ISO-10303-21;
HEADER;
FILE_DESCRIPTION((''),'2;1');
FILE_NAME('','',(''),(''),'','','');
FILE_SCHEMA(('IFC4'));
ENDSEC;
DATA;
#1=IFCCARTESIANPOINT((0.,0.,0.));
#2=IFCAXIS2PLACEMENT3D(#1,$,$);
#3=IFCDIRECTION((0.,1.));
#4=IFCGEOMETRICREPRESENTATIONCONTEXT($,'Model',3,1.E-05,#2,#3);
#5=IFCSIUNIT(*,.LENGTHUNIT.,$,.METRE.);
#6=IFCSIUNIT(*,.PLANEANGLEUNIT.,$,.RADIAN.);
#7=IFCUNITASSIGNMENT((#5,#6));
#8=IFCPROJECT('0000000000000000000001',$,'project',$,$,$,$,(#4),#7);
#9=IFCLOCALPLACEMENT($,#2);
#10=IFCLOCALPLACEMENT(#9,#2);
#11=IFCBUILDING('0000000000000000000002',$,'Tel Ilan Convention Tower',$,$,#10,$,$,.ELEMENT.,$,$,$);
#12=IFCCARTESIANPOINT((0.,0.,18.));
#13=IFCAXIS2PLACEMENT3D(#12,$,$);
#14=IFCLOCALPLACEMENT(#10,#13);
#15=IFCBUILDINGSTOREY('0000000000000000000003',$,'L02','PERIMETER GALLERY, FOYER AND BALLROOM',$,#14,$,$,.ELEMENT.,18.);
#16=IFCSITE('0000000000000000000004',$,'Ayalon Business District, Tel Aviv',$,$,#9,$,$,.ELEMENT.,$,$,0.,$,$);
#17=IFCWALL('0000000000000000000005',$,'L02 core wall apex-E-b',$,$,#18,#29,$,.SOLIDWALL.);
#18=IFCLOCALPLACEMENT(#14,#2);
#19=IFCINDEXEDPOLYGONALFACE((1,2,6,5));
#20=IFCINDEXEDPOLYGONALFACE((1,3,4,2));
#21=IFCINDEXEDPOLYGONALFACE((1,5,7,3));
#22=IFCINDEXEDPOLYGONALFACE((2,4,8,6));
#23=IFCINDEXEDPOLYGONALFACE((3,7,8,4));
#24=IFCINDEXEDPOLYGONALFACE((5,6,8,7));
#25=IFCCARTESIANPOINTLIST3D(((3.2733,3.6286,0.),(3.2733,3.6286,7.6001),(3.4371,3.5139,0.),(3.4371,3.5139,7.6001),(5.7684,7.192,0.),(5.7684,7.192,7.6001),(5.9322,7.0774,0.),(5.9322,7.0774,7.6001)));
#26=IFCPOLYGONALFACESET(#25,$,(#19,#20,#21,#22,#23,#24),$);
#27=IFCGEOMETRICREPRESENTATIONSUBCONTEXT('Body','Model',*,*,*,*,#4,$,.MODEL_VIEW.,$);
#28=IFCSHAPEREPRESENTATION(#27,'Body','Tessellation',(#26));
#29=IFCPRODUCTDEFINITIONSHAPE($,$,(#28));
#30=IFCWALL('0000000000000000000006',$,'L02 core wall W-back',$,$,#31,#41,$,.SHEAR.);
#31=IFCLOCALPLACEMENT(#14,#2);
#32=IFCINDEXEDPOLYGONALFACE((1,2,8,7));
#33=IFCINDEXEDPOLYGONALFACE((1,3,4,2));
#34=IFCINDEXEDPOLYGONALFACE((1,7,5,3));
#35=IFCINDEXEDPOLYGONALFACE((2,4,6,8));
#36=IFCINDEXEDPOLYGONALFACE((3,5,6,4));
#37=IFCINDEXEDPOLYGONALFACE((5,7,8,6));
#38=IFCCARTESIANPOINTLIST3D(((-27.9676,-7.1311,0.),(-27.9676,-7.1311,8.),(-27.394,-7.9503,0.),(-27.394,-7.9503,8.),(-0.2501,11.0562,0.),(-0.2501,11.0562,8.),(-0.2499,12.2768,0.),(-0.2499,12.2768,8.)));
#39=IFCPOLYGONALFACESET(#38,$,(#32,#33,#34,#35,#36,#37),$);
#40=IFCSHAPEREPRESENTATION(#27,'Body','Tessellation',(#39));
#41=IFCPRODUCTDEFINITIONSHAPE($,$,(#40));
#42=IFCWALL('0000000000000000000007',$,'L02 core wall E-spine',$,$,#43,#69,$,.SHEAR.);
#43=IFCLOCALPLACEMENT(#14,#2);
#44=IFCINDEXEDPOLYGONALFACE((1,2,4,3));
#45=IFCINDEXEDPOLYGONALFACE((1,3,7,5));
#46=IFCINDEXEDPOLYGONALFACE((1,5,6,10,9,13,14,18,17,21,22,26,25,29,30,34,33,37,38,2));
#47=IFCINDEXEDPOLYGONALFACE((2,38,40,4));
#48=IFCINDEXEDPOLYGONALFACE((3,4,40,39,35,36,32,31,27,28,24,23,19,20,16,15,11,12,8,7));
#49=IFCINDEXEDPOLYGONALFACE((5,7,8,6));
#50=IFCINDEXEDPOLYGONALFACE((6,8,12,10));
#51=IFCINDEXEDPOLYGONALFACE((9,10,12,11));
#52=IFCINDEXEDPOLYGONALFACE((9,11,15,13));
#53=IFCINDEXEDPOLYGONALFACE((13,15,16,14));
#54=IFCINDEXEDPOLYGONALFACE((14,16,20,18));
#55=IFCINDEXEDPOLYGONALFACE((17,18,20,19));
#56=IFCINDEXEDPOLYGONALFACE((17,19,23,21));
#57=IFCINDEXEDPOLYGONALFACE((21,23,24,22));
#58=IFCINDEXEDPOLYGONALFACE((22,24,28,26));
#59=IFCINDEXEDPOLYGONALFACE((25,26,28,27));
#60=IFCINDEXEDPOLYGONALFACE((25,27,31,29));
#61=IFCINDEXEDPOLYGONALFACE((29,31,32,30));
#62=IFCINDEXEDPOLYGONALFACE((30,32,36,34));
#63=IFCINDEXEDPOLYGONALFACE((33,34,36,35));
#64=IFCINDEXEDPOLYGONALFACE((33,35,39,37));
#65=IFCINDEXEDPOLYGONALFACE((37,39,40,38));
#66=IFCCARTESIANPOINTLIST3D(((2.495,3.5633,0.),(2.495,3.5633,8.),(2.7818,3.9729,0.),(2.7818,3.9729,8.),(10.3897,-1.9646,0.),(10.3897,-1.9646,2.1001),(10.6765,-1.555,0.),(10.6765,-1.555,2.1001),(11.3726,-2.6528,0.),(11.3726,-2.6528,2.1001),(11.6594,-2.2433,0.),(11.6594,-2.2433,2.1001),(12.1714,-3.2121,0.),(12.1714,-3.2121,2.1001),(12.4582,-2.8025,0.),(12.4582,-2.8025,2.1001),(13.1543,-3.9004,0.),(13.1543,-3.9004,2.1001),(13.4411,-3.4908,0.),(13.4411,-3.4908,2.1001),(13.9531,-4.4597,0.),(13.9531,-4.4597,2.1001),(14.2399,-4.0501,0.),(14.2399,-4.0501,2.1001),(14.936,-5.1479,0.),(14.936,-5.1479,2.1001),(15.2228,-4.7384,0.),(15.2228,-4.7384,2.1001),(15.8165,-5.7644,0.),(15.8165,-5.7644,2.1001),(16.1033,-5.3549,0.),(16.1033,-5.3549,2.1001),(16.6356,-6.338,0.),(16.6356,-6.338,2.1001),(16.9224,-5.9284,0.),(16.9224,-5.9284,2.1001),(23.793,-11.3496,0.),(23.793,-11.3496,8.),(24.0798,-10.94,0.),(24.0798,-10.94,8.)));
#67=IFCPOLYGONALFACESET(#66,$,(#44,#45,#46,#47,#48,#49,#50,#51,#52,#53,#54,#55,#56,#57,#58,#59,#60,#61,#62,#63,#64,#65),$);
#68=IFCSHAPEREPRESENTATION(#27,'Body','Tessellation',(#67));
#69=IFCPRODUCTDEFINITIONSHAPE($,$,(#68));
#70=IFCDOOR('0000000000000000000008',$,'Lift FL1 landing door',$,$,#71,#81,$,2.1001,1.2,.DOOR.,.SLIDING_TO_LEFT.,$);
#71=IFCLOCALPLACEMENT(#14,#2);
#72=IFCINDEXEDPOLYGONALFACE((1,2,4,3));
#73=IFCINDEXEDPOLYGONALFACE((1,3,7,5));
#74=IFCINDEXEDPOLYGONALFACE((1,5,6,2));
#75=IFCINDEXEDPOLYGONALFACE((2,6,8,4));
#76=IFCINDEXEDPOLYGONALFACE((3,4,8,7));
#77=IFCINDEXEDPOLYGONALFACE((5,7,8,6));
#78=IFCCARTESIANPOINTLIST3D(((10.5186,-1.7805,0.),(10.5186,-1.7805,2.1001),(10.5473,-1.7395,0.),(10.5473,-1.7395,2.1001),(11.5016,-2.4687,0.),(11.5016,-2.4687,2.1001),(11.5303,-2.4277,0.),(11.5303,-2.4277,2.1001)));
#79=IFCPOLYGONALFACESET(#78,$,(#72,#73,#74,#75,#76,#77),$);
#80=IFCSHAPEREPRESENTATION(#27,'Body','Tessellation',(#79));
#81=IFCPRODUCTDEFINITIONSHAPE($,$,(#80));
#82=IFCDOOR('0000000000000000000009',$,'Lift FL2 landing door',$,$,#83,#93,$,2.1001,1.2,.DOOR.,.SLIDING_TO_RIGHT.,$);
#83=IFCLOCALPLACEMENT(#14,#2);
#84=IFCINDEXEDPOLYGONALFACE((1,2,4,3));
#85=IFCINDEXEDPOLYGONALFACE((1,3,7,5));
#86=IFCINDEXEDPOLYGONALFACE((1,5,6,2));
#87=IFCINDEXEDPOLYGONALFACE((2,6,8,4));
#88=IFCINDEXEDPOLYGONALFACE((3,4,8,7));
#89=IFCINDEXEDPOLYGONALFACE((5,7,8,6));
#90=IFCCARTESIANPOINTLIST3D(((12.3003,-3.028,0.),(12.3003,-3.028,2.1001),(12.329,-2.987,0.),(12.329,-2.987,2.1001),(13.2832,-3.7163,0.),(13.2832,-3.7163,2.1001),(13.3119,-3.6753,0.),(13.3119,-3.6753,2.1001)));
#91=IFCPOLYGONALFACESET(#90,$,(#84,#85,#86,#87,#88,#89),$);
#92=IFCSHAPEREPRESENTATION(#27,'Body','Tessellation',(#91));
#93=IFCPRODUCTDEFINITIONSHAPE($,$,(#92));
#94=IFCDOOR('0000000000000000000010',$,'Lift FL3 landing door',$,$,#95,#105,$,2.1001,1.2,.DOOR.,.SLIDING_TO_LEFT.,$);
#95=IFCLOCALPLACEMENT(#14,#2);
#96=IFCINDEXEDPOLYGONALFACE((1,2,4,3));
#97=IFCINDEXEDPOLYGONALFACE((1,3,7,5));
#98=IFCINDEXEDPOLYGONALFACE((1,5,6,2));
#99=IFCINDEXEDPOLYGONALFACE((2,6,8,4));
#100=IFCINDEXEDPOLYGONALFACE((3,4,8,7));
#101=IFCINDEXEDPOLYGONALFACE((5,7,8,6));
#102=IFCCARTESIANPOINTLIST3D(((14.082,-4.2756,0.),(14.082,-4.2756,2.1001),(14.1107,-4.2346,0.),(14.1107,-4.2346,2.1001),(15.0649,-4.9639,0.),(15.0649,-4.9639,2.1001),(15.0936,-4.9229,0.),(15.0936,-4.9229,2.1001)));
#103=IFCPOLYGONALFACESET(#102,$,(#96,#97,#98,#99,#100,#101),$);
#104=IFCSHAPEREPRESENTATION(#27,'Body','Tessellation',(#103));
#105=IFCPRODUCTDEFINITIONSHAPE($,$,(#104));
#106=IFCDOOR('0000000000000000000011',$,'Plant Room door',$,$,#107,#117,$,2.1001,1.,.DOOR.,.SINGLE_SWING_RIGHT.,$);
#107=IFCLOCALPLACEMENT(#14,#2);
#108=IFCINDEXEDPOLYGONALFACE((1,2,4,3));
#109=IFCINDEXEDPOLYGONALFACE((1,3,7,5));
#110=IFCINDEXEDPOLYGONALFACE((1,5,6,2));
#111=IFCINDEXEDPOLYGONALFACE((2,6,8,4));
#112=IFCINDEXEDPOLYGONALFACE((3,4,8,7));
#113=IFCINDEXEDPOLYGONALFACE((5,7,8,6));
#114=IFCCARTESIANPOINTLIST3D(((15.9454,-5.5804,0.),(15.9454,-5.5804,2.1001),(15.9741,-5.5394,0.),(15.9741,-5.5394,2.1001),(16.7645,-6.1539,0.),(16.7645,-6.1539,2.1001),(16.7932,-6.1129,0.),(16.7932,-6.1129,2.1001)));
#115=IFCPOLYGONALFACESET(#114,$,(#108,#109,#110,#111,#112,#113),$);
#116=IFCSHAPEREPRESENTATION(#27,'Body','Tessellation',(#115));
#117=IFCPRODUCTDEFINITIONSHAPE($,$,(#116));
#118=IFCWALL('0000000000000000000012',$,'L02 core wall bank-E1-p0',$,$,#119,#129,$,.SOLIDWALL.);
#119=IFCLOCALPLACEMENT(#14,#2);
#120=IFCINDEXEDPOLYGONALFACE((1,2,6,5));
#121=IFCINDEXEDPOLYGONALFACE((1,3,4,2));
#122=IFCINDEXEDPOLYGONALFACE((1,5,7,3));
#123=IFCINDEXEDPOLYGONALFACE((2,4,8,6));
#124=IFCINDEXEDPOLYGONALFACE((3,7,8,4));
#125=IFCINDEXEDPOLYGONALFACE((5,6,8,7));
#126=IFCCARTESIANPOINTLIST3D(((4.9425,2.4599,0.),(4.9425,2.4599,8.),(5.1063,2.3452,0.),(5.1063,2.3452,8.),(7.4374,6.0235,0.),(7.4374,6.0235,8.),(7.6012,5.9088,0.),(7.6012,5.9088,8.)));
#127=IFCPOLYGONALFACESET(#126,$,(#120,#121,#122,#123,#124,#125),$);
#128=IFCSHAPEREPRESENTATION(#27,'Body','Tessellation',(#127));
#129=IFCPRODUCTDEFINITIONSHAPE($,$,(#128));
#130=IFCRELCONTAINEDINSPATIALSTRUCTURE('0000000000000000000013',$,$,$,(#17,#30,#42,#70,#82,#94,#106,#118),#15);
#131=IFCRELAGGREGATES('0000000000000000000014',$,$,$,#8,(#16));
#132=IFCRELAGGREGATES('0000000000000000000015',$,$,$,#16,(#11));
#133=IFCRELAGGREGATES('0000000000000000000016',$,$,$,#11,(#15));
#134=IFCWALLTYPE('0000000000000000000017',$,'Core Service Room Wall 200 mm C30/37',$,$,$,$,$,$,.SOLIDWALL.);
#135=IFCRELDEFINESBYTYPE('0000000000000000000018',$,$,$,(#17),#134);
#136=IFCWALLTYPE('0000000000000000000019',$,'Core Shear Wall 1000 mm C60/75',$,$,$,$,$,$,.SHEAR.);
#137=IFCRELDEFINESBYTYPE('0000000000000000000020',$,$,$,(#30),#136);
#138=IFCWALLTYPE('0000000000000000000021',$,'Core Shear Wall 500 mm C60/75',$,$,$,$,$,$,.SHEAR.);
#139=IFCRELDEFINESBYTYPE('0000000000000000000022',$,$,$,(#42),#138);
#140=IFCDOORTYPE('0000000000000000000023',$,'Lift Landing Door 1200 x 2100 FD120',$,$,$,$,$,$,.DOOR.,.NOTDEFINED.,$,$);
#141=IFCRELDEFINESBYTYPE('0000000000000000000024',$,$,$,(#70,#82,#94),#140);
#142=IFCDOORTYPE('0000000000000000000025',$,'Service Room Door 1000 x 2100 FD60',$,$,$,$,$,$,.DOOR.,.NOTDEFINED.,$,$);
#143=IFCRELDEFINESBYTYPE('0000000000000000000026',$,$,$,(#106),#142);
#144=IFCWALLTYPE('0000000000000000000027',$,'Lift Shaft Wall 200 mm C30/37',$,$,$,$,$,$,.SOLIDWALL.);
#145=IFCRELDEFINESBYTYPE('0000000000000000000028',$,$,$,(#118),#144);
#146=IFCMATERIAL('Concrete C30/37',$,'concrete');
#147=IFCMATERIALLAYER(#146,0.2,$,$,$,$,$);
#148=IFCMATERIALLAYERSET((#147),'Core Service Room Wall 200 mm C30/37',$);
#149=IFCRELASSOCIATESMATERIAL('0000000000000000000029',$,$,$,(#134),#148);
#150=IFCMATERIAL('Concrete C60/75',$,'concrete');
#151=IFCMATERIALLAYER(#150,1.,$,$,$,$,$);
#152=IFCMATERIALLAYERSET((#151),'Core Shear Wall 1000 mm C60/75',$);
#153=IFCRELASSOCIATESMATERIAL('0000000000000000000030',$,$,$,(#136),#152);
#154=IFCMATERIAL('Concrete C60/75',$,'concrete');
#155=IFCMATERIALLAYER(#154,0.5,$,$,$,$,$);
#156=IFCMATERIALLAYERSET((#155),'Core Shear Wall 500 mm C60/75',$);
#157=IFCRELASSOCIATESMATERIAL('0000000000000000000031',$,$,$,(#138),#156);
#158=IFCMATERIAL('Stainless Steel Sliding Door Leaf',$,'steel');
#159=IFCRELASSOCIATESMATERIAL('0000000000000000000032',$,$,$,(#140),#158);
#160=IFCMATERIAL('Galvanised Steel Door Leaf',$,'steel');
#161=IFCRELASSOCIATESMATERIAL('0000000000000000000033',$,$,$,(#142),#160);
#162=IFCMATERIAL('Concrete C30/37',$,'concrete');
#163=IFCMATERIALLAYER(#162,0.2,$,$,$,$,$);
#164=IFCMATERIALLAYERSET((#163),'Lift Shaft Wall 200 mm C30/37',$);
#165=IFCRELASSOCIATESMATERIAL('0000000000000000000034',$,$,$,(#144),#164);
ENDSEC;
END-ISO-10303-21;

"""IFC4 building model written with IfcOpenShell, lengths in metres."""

from ifc_helpers import new_model, si_unit, direction, frame, frame_2d, origin, place, context, subcontext, project, spatial, polyline, rectangle, outline, extrude, material, layer, layer_set, type_object, element, fill, save


model = new_model("IFC4")

# Units and contexts
model_context = context("Model", 3, precision=1e-05, world=origin(), true_north=direction((0.0, 1.0)))
body_context = subcontext(model_context, "Body", "Model", "MODEL_VIEW")
ifc_project = project(units=[si_unit("LENGTHUNIT", "METRE"), si_unit("PLANEANGLEUNIT", "RADIAN")], contexts=[model_context])

# Site, building, storey
site_placement = place(None, origin())
site = spatial("IfcSite", under=ifc_project, at=site_placement, Name="Ayalon Business District, Tel Aviv", CompositionType="ELEMENT", RefElevation=0.0)
building_placement = place(site_placement, origin())
building = spatial("IfcBuilding", under=site, at=building_placement, Name="Tel Ilan Convention Tower", CompositionType="ELEMENT")
storey_placement = place(building_placement, frame((0.0, 0.0, 18.0)))
storey = spatial("IfcBuildingStorey", under=building, at=storey_placement, Name="L02", Description="PERIMETER GALLERY, FOYER AND BALLROOM", CompositionType="ELEMENT", Elevation=18.0)

# Walls
ifc_material_1 = material(Name="Concrete C30/37", Category="concrete")
ifc_layer_1 = layer(ifc_material_1, 0.2)
ifc_layer_set_1 = layer_set([ifc_layer_1], Name="Core Service Room Wall 200 mm C30/37")
wall_type_1 = type_object("IfcWallType", Name="Core Service Room Wall 200 mm C30/37", PredefinedType="SOLIDWALL", material=ifc_layer_set_1)
wall_1_placement = place(storey_placement, frame((3.3552, 3.5713, 0.0), z_axis=(0.0, 0.0, 1.0), x_axis=(0.573568, 0.819158, 0.0)))
element("IfcWall", 1, at=wall_1_placement, inside=storey, type_object=wall_type_1, Name="L02 core wall apex-E-b", PredefinedType="SOLIDWALL", context=body_context, shape_type="SweptSolid", body=[
    extrude(rectangle(XDim=4.3501, YDim=0.2, at=frame_2d((2.175, 0.0))), origin(), (0.0, 0.0, 1.0), 7.6001),
])
ifc_material_2 = material(Name="Concrete C60/75", Category="concrete")
ifc_layer_2 = layer(ifc_material_2, 1.0)
ifc_layer_set_2 = layer_set([ifc_layer_2], Name="Core Shear Wall 1000 mm C60/75")
wall_type_2 = type_object("IfcWallType", Name="Core Shear Wall 1000 mm C60/75", PredefinedType="SHEAR", material=ifc_layer_set_2)
wall_2_placement = place(storey_placement, frame((0.0369, 11.8672, 0.0), z_axis=(0.0, 0.0, 1.0), x_axis=(-0.819155, -0.573572, 0.0)))
element("IfcWall", 2, at=wall_2_placement, inside=storey, type_object=wall_type_2, Name="L02 core wall W-back", PredefinedType="SHEAR", context=body_context, shape_type="SweptSolid", body=[
    extrude(outline(polyline([(33.8369, 0.5), (0.7002, 0.4998), (0.0, -0.5), (33.8369, -0.5), (33.8369, 0.5)])), origin(), (0.0, 0.0, 1.0), 8.0),
])

# Wall, openings, doors
ifc_material_3 = material(Name="Concrete C60/75", Category="concrete")
ifc_layer_3 = layer(ifc_material_3, 0.5)
ifc_layer_set_3 = layer_set([ifc_layer_3], Name="Core Shear Wall 500 mm C60/75")
wall_type_3 = type_object("IfcWallType", Name="Core Shear Wall 500 mm C60/75", PredefinedType="SHEAR", material=ifc_layer_set_3)
wall_3_placement = place(storey_placement, frame((2.6384, 3.7681, 0.0), z_axis=(0.0, 0.0, 1.0), x_axis=(0.819149, -0.573581, 0.0)))
wall_3 = element("IfcWall", 3, at=wall_3_placement, inside=storey, type_object=wall_type_3, Name="L02 core wall E-spine", PredefinedType="SHEAR", context=body_context, shape_type="SweptSolid", body=[
    extrude(outline(polyline([(0.0, 0.25), (0.0, -0.25), (26.0, -0.2498), (26.0, 0.2502), (0.0, 0.25)])), origin(), (0.0, 0.0, 1.0), 8.0),
])
opening_1_placement = place(wall_3_placement, frame((9.6375, 0.0, 0.0)))
opening_1 = element("IfcOpeningElement", 4, at=opening_1_placement, cuts=wall_3, PredefinedType="OPENING", context=body_context, shape_type="SweptSolid", body=[
    extrude(rectangle(XDim=1.2, YDim=2.1001, at=frame_2d((0.6001, 1.05))), frame((0.0, 0.26, 0.0), z_axis=(0.0, -1.0, 0.0), x_axis=(1.0, 0.0, 0.0)), (0.0, 0.0, 1.0), 0.52),
])
opening_2_placement = place(wall_3_placement, frame((11.8125, 0.0, 0.0)))
opening_2 = element("IfcOpeningElement", 5, at=opening_2_placement, cuts=wall_3, PredefinedType="OPENING", context=body_context, shape_type="SweptSolid", body=[
    extrude(rectangle(XDim=1.2, YDim=2.1001, at=frame_2d((0.6001, 1.05))), frame((0.0, 0.26, 0.0), z_axis=(0.0, -1.0, 0.0), x_axis=(1.0, 0.0, 0.0)), (0.0, 0.0, 1.0), 0.52),
])
opening_3_placement = place(wall_3_placement, frame((13.9875, 0.0, 0.0)))
opening_3 = element("IfcOpeningElement", 6, at=opening_3_placement, cuts=wall_3, PredefinedType="OPENING", context=body_context, shape_type="SweptSolid", body=[
    extrude(rectangle(XDim=1.2, YDim=2.1001, at=frame_2d((0.6001, 1.05))), frame((0.0, 0.26, 0.0), z_axis=(0.0, -1.0, 0.0), x_axis=(1.0, 0.0, 0.0)), (0.0, 0.0, 1.0), 0.52),
])
opening_4_placement = place(wall_3_placement, frame((16.2625, 0.0, 0.0)))
opening_4 = element("IfcOpeningElement", 7, at=opening_4_placement, cuts=wall_3, PredefinedType="OPENING", context=body_context, shape_type="SweptSolid", body=[
    extrude(rectangle(XDim=1.0, YDim=2.1001, at=frame_2d((0.5, 1.05))), frame((0.0, 0.26, 0.0), z_axis=(0.0, -1.0, 0.0), x_axis=(1.0, 0.0, 0.0)), (0.0, 0.0, 1.0), 0.52),
])
ifc_material_4 = material(Name="Stainless Steel Sliding Door Leaf", Category="steel")
door_type_1 = type_object("IfcDoorType", Name="Lift Landing Door 1200 x 2100 FD120", OperationType="NOTDEFINED", PredefinedType="DOOR", material=ifc_material_4)
door_1_placement = place(opening_1_placement, origin())
door_1 = element("IfcDoor", 8, at=door_1_placement, inside=storey, type_object=door_type_1, Name="Lift FL1 landing door", OperationType="SLIDING_TO_LEFT", OverallHeight=2.1001, OverallWidth=1.2, PredefinedType="DOOR", context=body_context, shape_type="SweptSolid", body=[
    extrude(rectangle(XDim=1.2, YDim=2.1001, at=frame_2d((0.6001, 1.05))), frame((0.0, 0.0249, 0.0), z_axis=(0.0, -1.0, 0.0), x_axis=(1.0, 0.0, 0.0)), (0.0, 0.0, 1.0), 0.05),
])
fill(opening_1, door_1)
door_2_placement = place(opening_2_placement, origin())
door_2 = element("IfcDoor", 9, at=door_2_placement, inside=storey, type_object=door_type_1, Name="Lift FL2 landing door", OperationType="SLIDING_TO_RIGHT", OverallHeight=2.1001, OverallWidth=1.2, PredefinedType="DOOR", context=body_context, shape_type="SweptSolid", body=[
    extrude(rectangle(XDim=1.2, YDim=2.1001, at=frame_2d((0.6001, 1.05))), frame((0.0, 0.0249, 0.0), z_axis=(0.0, -1.0, 0.0), x_axis=(1.0, 0.0, 0.0)), (0.0, 0.0, 1.0), 0.05),
])
fill(opening_2, door_2)
door_3_placement = place(opening_3_placement, origin())
door_3 = element("IfcDoor", 10, at=door_3_placement, inside=storey, type_object=door_type_1, Name="Lift FL3 landing door", OperationType="SLIDING_TO_LEFT", OverallHeight=2.1001, OverallWidth=1.2, PredefinedType="DOOR", context=body_context, shape_type="SweptSolid", body=[
    extrude(rectangle(XDim=1.2, YDim=2.1001, at=frame_2d((0.6001, 1.05))), frame((0.0, 0.0249, 0.0), z_axis=(0.0, -1.0, 0.0), x_axis=(1.0, 0.0, 0.0)), (0.0, 0.0, 1.0), 0.05),
])
fill(opening_3, door_3)
ifc_material_5 = material(Name="Galvanised Steel Door Leaf", Category="steel")
door_type_2 = type_object("IfcDoorType", Name="Service Room Door 1000 x 2100 FD60", OperationType="NOTDEFINED", PredefinedType="DOOR", material=ifc_material_5)
door_4_placement = place(opening_4_placement, origin())
door_4 = element("IfcDoor", 11, at=door_4_placement, inside=storey, type_object=door_type_2, Name="Plant Room door", OperationType="SINGLE_SWING_RIGHT", OverallHeight=2.1001, OverallWidth=1.0, PredefinedType="DOOR", context=body_context, shape_type="SweptSolid", body=[
    extrude(rectangle(XDim=1.0, YDim=2.1001, at=frame_2d((0.5, 1.05))), frame((0.0, 0.0249, 0.0), z_axis=(0.0, -1.0, 0.0), x_axis=(1.0, 0.0, 0.0)), (0.0, 0.0, 1.0), 0.05),
])
fill(opening_4, door_4)

# Wall
ifc_material_6 = material(Name="Concrete C30/37", Category="concrete")
ifc_layer_4 = layer(ifc_material_6, 0.2)
ifc_layer_set_4 = layer_set([ifc_layer_4], Name="Lift Shaft Wall 200 mm C30/37")
wall_type_4 = type_object("IfcWallType", Name="Lift Shaft Wall 200 mm C30/37", PredefinedType="SOLIDWALL", material=ifc_layer_set_4)
wall_4_placement = place(storey_placement, frame((5.0244, 2.4026, 0.0), z_axis=(0.0, 0.0, 1.0), x_axis=(0.57353, 0.819184, 0.0)))
element("IfcWall", 12, at=wall_4_placement, inside=storey, type_object=wall_type_4, Name="L02 core wall bank-E1-p0", PredefinedType="SOLIDWALL", context=body_context, shape_type="SweptSolid", body=[
    extrude(rectangle(XDim=4.3501, YDim=0.2, at=frame_2d((2.175, 0.0))), origin(), (0.0, 0.0, 1.0), 8.0),
])

save(model, "model.ifc")
